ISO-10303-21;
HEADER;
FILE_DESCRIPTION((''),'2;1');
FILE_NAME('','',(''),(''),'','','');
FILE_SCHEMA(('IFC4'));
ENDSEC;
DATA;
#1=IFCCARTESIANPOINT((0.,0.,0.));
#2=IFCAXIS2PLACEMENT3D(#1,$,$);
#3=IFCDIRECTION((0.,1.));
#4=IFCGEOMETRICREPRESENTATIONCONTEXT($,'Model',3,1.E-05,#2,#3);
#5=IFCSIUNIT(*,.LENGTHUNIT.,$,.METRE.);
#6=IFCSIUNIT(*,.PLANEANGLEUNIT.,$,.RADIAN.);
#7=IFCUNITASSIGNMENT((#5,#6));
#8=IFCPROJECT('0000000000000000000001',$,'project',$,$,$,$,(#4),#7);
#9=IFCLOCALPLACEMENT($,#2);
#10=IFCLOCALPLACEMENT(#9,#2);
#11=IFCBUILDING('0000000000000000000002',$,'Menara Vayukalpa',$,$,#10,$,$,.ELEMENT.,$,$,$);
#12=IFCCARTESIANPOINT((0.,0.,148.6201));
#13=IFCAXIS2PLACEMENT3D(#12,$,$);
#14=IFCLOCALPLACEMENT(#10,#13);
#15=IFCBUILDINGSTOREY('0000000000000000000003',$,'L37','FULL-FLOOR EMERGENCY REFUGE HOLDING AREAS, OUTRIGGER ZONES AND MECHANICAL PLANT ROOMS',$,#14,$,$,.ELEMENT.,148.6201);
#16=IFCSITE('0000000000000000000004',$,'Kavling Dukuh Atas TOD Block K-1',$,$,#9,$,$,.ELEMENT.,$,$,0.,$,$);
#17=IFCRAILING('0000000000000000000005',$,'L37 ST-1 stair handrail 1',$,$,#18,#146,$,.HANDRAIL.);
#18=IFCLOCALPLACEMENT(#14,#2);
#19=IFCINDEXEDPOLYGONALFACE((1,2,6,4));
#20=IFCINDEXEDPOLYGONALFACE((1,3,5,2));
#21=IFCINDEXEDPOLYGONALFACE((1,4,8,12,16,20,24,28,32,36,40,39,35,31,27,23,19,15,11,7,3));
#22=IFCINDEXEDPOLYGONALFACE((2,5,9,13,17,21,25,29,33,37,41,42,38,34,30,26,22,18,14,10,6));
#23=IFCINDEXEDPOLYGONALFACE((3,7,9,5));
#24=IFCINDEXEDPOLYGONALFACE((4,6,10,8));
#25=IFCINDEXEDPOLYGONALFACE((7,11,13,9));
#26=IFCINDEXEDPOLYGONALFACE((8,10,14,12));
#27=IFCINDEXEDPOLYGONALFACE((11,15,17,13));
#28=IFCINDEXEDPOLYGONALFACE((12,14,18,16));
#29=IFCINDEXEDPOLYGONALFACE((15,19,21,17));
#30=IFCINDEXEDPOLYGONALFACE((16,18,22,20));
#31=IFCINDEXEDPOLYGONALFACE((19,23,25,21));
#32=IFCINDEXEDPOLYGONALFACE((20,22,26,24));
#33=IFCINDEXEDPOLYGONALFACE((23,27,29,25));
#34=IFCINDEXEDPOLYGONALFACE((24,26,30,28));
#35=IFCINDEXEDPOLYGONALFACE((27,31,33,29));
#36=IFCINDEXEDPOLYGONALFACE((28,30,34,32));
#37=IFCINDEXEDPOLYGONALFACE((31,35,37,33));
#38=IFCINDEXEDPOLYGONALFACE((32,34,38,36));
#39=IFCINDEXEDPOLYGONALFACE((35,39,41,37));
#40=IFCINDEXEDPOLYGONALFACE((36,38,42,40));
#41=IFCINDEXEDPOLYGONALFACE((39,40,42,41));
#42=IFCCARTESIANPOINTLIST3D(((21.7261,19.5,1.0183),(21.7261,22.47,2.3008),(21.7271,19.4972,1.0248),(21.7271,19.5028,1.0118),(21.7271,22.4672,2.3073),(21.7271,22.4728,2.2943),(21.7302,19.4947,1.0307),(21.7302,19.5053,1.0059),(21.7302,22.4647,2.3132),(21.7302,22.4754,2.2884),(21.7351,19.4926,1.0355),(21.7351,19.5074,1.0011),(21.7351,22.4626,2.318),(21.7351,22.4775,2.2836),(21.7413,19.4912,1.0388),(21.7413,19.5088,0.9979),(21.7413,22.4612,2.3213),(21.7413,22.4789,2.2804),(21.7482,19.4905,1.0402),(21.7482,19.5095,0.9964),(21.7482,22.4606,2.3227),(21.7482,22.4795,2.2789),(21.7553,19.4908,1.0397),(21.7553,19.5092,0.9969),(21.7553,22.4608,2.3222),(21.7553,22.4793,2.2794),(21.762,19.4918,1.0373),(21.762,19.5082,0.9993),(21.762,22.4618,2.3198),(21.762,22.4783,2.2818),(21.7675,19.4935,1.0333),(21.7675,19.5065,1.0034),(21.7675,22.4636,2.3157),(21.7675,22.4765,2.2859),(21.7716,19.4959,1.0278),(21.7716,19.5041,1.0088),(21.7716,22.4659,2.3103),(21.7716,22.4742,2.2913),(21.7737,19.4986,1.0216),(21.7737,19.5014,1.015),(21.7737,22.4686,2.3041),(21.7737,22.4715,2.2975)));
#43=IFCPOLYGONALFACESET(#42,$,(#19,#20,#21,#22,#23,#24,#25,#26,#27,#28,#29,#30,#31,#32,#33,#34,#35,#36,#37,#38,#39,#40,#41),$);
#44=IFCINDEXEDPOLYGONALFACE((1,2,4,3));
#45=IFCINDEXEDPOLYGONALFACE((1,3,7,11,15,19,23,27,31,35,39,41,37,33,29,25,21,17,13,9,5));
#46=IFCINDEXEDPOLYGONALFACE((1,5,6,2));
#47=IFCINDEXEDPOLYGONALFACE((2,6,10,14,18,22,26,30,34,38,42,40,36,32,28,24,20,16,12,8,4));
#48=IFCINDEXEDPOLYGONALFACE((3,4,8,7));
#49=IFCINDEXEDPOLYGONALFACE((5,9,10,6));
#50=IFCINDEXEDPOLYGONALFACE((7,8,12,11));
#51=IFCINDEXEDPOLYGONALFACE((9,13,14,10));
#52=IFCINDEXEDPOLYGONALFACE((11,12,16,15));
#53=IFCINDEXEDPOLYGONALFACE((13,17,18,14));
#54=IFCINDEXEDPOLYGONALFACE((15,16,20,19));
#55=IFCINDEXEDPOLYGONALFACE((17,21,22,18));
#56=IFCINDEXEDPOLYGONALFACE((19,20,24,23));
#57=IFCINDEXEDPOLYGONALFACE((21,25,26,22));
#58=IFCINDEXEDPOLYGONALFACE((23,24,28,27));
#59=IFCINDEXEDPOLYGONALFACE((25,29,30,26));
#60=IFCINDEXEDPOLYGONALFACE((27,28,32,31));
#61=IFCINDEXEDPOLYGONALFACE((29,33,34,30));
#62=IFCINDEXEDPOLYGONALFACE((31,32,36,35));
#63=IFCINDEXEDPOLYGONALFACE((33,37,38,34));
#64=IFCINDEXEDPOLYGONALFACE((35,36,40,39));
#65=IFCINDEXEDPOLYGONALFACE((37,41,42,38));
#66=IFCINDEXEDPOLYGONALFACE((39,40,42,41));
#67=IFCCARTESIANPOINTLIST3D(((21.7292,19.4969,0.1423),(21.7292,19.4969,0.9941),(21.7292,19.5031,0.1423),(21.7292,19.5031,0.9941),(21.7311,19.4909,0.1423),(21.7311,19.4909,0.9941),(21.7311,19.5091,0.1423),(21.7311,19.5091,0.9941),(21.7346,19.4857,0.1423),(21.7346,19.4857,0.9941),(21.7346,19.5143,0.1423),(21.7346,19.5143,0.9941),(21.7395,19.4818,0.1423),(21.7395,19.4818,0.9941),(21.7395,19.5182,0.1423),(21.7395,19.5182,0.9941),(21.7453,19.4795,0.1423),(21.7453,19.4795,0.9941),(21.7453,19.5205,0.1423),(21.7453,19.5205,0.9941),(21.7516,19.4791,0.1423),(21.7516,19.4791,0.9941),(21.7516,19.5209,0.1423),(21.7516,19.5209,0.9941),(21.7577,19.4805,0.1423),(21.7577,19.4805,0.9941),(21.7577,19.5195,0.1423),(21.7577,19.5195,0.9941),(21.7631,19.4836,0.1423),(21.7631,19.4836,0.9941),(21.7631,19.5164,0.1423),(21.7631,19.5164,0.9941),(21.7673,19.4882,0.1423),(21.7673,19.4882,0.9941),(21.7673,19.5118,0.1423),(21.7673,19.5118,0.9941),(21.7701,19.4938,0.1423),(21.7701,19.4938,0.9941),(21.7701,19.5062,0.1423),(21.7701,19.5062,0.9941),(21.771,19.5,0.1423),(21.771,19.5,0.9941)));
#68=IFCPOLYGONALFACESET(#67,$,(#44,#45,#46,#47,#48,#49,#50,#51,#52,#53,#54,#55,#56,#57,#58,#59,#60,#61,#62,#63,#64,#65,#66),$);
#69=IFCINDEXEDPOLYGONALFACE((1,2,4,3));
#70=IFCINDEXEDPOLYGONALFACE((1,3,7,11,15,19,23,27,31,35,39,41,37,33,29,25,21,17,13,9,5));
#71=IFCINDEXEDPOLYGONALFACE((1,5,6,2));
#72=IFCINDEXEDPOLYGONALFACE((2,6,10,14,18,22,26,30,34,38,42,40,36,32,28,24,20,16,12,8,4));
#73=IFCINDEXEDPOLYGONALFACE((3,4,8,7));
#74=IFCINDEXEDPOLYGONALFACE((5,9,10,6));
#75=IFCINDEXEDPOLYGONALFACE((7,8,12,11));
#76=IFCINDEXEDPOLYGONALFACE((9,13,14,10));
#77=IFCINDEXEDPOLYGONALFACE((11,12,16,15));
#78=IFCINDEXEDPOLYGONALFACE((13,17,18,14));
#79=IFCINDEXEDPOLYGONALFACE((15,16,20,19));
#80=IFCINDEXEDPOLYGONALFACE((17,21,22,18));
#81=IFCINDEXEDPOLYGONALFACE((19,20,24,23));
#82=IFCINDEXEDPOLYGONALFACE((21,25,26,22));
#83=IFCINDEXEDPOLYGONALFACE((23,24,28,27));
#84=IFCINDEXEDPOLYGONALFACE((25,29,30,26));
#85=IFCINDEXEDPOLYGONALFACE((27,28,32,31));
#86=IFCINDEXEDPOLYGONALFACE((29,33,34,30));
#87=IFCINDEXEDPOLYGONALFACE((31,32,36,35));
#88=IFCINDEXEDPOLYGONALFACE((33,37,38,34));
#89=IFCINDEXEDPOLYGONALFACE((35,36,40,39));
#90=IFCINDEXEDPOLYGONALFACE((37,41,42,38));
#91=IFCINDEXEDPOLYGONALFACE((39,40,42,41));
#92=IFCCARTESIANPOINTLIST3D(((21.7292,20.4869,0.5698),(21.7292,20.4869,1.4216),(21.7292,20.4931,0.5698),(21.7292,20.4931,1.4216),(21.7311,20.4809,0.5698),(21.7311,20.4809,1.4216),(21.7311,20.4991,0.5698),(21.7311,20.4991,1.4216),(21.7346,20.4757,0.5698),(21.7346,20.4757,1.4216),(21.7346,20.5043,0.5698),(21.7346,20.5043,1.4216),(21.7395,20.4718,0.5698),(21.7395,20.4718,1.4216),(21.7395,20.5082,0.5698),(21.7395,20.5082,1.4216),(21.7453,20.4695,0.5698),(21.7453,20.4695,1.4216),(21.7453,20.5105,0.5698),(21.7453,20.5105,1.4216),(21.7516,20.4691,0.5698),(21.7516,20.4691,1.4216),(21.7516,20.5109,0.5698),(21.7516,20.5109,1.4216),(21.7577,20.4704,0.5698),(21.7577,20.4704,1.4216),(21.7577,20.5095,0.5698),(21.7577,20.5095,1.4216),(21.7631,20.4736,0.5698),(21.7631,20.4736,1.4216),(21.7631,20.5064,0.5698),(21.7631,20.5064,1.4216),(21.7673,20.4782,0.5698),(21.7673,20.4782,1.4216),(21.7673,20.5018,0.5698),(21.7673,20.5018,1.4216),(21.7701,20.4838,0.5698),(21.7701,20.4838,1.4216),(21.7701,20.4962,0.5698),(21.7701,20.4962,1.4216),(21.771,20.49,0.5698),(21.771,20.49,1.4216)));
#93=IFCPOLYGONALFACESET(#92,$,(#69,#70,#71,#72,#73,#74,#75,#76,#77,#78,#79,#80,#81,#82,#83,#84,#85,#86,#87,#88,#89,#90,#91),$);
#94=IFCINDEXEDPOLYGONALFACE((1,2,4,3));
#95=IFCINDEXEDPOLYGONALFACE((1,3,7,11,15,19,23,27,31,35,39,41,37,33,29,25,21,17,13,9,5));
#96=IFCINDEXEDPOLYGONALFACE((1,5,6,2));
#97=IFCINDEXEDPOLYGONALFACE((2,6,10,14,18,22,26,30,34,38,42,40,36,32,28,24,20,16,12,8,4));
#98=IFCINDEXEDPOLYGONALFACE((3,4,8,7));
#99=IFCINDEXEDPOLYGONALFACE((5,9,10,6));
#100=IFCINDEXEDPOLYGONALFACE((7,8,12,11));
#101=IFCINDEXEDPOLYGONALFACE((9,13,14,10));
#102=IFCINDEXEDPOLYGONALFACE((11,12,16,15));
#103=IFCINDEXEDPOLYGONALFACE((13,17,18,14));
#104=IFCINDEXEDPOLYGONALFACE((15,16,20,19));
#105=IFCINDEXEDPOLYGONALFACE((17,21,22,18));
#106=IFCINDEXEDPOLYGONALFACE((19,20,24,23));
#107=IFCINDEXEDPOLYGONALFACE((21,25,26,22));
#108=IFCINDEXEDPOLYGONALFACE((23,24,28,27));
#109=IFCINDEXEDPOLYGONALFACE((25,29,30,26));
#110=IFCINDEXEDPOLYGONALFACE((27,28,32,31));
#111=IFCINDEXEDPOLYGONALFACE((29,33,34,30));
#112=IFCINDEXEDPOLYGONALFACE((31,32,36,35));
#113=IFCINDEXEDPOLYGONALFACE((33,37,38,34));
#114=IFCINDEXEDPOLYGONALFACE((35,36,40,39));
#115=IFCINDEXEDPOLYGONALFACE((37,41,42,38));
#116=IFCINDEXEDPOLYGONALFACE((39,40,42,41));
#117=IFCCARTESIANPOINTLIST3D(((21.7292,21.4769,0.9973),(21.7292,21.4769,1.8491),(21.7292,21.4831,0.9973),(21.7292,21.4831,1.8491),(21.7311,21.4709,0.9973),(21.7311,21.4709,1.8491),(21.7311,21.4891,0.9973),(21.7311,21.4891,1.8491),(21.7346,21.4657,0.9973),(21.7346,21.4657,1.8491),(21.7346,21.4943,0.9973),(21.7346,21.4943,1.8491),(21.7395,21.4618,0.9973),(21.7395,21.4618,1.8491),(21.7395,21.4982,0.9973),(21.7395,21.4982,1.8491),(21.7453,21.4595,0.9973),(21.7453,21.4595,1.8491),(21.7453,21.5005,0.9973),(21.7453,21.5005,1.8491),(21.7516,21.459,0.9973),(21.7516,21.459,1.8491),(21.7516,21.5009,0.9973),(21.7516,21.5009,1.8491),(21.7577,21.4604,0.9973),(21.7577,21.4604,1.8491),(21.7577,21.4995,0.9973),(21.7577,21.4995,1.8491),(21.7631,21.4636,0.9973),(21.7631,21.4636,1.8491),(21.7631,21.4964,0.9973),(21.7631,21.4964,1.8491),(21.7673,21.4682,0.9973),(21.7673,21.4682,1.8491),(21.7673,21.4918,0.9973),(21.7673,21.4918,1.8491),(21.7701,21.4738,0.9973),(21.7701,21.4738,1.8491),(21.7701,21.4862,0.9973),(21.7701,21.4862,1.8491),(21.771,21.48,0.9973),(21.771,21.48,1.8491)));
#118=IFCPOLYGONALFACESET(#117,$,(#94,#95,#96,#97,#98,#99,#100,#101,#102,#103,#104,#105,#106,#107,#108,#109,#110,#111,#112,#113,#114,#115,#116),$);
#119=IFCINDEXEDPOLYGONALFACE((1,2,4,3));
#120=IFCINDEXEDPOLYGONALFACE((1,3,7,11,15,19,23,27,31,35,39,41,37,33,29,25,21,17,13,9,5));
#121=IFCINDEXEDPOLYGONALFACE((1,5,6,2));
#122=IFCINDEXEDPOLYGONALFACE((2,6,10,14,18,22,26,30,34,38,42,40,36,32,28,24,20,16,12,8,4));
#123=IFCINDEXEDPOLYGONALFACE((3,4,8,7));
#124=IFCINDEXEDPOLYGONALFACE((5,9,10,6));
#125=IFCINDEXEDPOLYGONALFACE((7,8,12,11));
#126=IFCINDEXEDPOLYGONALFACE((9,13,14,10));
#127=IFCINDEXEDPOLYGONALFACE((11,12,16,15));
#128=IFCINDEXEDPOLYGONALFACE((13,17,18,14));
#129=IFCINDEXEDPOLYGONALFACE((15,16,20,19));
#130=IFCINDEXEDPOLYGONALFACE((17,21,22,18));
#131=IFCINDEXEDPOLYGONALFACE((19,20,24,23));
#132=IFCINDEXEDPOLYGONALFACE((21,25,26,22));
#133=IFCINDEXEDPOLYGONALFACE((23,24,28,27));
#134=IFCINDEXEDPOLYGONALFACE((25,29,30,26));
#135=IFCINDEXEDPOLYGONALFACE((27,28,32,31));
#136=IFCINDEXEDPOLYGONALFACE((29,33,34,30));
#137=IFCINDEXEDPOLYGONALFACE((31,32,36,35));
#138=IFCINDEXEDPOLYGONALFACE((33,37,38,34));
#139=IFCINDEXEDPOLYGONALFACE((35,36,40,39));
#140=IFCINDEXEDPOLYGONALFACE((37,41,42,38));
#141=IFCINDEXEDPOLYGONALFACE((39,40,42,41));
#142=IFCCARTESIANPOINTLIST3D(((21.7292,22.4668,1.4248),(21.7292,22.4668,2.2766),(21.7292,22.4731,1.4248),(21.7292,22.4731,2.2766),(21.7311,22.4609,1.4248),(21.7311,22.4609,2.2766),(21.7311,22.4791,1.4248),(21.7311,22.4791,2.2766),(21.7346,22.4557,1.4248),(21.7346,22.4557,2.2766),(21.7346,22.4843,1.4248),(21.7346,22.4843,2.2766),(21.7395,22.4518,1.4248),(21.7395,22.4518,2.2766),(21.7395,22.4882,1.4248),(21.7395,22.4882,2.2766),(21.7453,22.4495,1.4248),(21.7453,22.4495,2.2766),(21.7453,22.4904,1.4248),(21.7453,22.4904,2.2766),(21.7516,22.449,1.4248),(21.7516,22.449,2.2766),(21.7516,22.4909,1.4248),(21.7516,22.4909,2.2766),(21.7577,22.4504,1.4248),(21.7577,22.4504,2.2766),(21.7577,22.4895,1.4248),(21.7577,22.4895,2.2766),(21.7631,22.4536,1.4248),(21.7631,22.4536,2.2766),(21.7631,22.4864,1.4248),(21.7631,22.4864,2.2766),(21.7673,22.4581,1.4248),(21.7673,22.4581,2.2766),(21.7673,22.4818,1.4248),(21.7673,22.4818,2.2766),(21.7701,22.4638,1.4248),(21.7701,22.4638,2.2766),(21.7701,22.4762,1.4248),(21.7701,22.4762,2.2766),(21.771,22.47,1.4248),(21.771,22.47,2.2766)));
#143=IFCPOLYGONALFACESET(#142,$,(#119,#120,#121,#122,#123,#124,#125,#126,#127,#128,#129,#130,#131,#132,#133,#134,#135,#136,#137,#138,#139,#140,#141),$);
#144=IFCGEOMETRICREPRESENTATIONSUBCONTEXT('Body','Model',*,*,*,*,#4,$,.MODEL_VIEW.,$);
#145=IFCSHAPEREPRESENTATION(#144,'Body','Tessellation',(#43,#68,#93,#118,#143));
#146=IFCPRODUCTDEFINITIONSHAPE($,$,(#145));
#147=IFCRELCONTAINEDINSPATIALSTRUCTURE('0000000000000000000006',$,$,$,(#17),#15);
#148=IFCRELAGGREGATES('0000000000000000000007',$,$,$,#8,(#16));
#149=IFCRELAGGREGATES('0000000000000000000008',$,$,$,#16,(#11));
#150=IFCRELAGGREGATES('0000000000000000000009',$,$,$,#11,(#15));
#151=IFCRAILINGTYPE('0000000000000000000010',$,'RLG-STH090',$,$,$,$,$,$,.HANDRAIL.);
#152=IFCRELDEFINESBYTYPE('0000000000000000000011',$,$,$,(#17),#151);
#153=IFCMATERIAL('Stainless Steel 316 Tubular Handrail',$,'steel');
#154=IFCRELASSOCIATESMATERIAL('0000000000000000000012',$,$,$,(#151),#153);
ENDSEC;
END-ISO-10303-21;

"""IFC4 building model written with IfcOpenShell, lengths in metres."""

from ifc_helpers import new_model, si_unit, direction, frame, origin, origin_2d, place, context, subcontext, project, spatial, circle, extrude, material, type_object, element, save


model = new_model("IFC4")

# Units and contexts
model_context = context("Model", 3, precision=1e-05, world=origin(), true_north=direction((0.0, 1.0)))
body_context = subcontext(model_context, "Body", "Model", "MODEL_VIEW")
ifc_project = project(units=[si_unit("LENGTHUNIT", "METRE"), si_unit("PLANEANGLEUNIT", "RADIAN")], contexts=[model_context])

# Site, building, storey
site_placement = place(None, origin())
site = spatial("IfcSite", under=ifc_project, at=site_placement, Name="Kavling Dukuh Atas TOD Block K-1", CompositionType="ELEMENT", RefElevation=0.0)
building_placement = place(site_placement, origin())
building = spatial("IfcBuilding", under=site, at=building_placement, Name="Menara Vayukalpa", CompositionType="ELEMENT")
storey_placement = place(building_placement, frame((0.0, 0.0, 148.6201)))
storey = spatial("IfcBuildingStorey", under=building, at=storey_placement, Name="L37", Description="FULL-FLOOR EMERGENCY REFUGE HOLDING AREAS, OUTRIGGER ZONES AND MECHANICAL PLANT ROOMS", CompositionType="ELEMENT", Elevation=148.6201)

# Railing
ifc_material_1 = material(Name="Stainless Steel 316 Tubular Handrail", Category="steel")
railing_type_1 = type_object("IfcRailingType", Name="RLG-STH090", PredefinedType="HANDRAIL", material=ifc_material_1)
railing_1_placement = place(storey_placement, frame((21.75, 19.5, 0.1423)))
element("IfcRailing", 1, at=railing_1_placement, inside=storey, type_object=railing_type_1, Name="L37 ST-1 stair handrail 1", PredefinedType="HANDRAIL", context=body_context, shape_type="SweptSolid", body=[
    extrude(circle(Radius=0.0239, at=origin_2d()), frame((0.0, 0.0, 0.876), z_axis=(0.0, 0.918064, 0.396432), x_axis=(-1.0, 0.0, 0.0)), (0.0, 0.0, 1.0), 3.2351),
    extrude(circle(Radius=0.021, at=origin_2d()), origin(), (0.0, 0.0, 1.0), 0.8518),
    extrude(circle(Radius=0.021, at=origin_2d()), frame((0.0, 0.99, 0.4275)), (0.0, 0.0, 1.0), 0.8518),
    extrude(circle(Radius=0.021, at=origin_2d()), frame((0.0, 1.98, 0.855)), (0.0, 0.0, 1.0), 0.8518),
    extrude(circle(Radius=0.021, at=origin_2d()), frame((0.0, 2.97, 1.2825)), (0.0, 0.0, 1.0), 0.8518),
])

save(model, "model.ifc")
